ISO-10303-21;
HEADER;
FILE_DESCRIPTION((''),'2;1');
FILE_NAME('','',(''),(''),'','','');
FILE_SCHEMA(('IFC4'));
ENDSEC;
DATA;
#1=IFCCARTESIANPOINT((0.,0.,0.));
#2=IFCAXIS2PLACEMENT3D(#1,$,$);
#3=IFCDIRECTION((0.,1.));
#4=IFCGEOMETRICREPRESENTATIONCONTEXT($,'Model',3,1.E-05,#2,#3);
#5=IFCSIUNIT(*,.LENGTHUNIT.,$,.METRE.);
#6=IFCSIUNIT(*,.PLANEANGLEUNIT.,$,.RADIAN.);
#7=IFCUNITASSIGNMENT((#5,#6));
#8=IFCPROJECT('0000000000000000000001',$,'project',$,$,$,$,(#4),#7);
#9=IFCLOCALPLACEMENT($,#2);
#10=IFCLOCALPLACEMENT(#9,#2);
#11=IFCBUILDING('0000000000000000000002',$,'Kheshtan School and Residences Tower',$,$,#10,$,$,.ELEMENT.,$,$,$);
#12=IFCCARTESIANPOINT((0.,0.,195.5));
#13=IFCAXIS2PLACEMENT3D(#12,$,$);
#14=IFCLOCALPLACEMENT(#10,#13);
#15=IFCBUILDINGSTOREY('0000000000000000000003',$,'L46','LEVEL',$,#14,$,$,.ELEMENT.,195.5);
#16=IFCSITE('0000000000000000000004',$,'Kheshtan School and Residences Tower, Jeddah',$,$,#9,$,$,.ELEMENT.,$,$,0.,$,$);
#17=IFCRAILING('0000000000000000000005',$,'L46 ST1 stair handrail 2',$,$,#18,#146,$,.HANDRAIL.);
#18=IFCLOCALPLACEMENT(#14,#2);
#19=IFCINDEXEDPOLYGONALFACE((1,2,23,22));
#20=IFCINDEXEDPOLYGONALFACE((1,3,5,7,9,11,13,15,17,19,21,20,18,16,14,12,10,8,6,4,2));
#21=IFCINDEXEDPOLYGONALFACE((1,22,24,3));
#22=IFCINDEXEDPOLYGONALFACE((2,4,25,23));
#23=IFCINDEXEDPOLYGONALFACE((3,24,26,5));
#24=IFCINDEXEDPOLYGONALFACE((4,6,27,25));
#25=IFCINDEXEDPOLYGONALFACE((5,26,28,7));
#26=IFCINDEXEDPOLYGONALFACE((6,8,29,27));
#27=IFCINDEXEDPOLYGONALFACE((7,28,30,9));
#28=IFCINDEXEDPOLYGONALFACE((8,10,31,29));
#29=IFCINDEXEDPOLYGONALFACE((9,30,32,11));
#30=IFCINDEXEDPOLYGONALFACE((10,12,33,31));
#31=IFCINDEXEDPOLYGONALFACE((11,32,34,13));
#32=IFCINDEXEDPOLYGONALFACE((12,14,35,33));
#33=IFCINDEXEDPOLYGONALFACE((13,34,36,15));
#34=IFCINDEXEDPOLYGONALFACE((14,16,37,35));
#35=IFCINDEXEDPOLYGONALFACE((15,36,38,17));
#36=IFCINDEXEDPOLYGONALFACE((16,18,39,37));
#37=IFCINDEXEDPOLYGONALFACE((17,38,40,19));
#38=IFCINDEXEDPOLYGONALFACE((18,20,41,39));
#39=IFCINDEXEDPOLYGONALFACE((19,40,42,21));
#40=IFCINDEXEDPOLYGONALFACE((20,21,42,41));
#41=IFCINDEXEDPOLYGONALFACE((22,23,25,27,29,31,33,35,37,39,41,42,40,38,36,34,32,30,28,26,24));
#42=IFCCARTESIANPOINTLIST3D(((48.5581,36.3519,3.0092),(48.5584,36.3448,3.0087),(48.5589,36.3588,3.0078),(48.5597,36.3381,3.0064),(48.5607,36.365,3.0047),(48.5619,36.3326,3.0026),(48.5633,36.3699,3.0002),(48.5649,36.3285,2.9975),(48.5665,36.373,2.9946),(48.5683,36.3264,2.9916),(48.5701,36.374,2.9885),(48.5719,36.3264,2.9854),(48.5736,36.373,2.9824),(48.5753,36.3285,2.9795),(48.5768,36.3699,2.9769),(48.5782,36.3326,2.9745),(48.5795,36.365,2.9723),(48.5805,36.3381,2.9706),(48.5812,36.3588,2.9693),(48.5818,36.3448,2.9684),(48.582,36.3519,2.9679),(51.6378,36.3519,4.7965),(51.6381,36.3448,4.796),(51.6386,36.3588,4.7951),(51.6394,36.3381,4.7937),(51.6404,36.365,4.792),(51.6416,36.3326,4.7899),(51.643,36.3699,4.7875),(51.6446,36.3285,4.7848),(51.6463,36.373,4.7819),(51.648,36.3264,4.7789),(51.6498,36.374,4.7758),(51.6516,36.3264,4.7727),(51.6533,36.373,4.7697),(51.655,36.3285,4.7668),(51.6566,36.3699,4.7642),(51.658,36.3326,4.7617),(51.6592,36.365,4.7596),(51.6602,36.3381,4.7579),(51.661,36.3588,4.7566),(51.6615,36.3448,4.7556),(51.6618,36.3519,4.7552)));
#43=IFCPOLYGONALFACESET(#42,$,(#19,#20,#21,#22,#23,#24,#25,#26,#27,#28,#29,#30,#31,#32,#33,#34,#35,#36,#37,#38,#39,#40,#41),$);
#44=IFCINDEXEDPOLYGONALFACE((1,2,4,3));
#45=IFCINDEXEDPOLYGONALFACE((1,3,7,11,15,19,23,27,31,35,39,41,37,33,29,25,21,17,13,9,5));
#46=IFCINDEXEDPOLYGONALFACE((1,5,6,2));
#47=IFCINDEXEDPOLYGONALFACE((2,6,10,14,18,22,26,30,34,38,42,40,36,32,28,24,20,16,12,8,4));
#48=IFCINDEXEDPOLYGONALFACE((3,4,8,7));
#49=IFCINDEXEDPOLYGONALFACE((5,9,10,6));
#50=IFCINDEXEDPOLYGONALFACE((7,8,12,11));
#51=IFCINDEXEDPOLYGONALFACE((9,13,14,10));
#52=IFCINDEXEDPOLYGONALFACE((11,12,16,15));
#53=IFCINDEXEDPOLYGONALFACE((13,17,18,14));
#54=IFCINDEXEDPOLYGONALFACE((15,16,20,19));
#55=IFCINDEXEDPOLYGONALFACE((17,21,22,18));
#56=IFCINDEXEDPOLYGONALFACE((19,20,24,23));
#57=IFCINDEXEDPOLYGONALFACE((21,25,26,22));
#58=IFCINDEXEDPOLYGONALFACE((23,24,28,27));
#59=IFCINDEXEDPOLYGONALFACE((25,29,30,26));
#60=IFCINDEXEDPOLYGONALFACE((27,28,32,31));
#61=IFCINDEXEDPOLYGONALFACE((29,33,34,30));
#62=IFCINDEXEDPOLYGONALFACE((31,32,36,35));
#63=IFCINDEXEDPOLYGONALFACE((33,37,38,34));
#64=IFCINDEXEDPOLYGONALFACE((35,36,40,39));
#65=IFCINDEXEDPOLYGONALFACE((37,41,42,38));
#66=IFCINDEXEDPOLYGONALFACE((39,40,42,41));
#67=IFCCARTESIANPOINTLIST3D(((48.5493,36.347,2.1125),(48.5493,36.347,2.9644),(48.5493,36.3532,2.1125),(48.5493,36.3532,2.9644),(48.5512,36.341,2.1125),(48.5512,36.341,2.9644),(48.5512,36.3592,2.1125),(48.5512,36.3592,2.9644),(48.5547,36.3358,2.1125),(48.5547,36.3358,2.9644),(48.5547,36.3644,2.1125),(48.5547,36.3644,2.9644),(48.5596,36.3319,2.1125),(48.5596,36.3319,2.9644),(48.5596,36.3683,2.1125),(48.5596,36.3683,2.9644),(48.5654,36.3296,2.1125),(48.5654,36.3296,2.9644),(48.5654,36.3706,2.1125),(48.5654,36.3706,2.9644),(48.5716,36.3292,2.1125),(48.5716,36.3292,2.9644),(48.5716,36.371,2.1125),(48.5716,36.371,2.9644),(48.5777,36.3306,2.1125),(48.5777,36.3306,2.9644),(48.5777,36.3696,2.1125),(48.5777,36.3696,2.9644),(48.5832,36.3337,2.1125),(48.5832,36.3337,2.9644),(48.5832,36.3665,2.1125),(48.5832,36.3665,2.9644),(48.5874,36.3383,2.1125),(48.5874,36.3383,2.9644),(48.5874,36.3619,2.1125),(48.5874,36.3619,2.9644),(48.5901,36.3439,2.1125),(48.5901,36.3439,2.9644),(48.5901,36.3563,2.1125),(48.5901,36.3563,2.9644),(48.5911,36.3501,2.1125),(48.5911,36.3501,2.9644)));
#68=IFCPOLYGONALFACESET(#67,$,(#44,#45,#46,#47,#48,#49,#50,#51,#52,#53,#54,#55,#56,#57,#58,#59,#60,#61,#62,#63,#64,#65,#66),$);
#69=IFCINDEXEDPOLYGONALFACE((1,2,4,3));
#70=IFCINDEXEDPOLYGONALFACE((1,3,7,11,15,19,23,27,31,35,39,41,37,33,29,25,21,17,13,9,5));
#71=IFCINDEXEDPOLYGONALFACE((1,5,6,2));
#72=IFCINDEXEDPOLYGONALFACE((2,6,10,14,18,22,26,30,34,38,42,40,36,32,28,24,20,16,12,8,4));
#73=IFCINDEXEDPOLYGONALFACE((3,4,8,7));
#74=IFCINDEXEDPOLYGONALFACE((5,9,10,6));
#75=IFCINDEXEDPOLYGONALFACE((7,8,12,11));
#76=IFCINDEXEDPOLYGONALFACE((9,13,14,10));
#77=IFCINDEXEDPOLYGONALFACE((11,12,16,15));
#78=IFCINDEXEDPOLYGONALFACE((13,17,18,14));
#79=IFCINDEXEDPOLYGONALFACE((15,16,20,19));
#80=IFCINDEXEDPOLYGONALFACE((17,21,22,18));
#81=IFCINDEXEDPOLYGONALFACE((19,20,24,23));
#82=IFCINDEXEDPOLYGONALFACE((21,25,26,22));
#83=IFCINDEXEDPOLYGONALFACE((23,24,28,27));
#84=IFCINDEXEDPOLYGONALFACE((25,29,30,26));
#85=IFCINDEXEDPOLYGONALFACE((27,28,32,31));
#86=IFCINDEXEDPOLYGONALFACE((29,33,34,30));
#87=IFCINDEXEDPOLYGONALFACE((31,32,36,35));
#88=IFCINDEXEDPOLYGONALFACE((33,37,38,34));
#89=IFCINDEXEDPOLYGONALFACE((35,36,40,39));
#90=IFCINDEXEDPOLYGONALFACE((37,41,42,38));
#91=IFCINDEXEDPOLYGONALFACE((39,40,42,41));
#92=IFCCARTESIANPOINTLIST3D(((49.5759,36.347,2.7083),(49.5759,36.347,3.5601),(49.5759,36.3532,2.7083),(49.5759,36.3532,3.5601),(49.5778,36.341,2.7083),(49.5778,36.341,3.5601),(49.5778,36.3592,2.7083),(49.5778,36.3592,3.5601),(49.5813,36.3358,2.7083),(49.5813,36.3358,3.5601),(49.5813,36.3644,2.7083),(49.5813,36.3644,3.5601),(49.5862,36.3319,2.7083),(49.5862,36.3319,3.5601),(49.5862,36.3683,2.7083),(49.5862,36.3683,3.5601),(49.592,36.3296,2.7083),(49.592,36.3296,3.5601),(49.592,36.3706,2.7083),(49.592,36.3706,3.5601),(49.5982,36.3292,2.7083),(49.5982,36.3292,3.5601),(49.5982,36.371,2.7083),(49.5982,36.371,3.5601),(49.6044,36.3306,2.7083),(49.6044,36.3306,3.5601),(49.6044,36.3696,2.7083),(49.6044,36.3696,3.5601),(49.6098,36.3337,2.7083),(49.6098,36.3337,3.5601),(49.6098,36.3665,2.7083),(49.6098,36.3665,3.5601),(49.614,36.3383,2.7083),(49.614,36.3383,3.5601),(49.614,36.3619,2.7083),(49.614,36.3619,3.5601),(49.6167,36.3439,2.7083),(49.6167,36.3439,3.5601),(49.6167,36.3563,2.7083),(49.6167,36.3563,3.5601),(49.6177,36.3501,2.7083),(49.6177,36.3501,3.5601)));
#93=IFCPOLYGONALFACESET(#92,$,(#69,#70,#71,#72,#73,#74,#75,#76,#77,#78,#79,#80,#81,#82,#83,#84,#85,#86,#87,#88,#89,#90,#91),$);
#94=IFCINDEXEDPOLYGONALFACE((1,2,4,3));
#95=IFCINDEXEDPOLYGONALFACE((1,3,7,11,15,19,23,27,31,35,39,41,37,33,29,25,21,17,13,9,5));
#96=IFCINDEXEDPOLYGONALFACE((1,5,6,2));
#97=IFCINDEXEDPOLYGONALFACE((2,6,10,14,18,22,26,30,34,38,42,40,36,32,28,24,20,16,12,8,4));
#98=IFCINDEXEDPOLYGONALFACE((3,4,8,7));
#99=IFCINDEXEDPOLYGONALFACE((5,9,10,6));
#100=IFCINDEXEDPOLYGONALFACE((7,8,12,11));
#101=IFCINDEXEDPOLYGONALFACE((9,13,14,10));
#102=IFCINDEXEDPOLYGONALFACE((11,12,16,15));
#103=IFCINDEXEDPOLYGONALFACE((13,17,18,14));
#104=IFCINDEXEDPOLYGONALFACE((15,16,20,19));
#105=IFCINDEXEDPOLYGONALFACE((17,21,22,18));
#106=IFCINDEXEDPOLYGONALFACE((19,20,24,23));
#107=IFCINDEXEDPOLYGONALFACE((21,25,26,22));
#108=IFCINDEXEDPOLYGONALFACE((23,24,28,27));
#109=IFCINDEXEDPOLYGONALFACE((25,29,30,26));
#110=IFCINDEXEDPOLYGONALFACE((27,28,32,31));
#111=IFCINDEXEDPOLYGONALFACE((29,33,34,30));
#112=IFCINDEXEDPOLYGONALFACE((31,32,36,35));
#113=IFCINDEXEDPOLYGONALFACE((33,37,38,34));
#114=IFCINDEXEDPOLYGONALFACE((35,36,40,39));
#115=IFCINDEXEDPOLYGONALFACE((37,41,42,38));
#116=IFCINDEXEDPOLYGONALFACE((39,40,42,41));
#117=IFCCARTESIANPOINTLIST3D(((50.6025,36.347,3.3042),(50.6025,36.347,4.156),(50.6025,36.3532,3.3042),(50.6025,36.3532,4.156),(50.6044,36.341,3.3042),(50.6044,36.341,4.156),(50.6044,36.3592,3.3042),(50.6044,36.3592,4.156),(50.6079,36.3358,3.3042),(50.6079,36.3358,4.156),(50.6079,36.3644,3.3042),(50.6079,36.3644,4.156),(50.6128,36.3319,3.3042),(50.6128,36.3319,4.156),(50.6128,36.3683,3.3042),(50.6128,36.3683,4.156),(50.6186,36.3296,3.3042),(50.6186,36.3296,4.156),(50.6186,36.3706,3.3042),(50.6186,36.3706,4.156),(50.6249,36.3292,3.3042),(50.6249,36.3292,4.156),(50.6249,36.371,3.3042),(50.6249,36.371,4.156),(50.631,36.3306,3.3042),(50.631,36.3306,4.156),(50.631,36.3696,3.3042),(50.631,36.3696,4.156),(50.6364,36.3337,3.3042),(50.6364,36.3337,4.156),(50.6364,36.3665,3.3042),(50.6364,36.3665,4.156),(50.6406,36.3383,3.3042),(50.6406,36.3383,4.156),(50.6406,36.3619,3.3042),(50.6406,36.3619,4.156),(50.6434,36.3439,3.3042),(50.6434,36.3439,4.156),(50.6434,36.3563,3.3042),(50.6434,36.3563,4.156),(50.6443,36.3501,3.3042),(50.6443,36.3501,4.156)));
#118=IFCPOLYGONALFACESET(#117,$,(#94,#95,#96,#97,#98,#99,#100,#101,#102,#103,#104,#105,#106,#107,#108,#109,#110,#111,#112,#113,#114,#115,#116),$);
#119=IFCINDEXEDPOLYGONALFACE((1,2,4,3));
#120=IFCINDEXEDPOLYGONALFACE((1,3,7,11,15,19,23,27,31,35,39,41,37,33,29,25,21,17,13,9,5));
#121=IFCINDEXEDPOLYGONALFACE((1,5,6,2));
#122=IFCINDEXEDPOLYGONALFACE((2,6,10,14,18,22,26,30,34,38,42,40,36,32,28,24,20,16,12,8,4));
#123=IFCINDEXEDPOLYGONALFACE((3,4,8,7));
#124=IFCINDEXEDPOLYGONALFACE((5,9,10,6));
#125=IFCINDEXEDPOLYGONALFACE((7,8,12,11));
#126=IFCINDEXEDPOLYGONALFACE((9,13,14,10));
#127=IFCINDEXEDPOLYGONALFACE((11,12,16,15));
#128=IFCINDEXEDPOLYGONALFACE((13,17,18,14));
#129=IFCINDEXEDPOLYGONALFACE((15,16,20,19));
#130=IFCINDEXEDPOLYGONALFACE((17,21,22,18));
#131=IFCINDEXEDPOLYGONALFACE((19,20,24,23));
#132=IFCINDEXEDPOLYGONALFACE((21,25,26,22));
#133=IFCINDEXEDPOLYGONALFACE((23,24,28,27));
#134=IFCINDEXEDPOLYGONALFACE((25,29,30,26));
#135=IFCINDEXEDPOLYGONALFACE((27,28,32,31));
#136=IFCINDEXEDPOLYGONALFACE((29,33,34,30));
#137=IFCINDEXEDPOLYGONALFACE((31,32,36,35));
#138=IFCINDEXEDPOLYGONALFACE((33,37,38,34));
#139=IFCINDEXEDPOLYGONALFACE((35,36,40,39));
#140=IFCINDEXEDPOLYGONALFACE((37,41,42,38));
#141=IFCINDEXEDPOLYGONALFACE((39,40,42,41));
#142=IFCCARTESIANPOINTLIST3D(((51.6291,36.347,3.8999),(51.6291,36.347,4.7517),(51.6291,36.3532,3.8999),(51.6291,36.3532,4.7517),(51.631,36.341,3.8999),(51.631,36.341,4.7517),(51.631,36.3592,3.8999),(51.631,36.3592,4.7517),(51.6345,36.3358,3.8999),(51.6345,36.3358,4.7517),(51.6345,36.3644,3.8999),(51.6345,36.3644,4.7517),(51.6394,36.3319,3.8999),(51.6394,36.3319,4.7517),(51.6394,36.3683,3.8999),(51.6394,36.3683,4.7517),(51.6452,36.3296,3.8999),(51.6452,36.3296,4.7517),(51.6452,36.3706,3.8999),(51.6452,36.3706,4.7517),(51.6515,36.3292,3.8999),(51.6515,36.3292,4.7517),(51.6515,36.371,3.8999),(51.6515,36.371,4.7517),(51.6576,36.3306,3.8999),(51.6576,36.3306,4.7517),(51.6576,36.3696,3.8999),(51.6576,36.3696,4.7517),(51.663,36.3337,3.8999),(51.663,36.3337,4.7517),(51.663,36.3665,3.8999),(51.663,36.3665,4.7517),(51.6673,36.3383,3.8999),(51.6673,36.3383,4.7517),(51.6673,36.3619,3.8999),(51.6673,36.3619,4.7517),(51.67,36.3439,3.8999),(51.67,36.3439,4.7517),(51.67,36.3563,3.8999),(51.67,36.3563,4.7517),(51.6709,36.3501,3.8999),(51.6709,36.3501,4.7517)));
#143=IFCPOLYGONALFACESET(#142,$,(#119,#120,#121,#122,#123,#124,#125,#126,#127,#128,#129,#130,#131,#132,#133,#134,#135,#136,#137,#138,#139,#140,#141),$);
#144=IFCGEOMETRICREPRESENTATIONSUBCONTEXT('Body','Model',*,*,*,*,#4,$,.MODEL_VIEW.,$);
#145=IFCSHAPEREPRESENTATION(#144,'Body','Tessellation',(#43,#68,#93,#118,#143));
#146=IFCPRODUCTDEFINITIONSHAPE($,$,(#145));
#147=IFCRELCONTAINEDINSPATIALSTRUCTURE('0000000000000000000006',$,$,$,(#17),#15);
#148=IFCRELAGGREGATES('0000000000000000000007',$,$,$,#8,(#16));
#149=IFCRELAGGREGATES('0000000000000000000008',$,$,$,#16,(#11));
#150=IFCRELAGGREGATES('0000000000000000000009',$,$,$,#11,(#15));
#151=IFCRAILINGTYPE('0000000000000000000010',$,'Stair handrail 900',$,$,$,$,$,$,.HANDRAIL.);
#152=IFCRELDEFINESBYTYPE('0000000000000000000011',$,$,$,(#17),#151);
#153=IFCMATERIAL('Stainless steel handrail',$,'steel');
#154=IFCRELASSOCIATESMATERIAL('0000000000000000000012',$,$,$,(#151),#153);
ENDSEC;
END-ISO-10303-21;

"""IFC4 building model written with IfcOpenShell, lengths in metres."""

from ifc_helpers import new_model, si_unit, direction, frame, origin, origin_2d, place, context, subcontext, project, spatial, circle, extrude, material, type_object, element, save


model = new_model("IFC4")

# Units and contexts
model_context = context("Model", 3, precision=1e-05, world=origin(), true_north=direction((0.0, 1.0)))
body_context = subcontext(model_context, "Body", "Model", "MODEL_VIEW")
ifc_project = project(units=[si_unit("LENGTHUNIT", "METRE"), si_unit("PLANEANGLEUNIT", "RADIAN")], contexts=[model_context])

# Site, building, storey
site_placement = place(None, origin())
site = spatial("IfcSite", under=ifc_project, at=site_placement, Name="Kheshtan School and Residences Tower, Jeddah", CompositionType="ELEMENT", RefElevation=0.0)
building_placement = place(site_placement, origin())
building = spatial("IfcBuilding", under=site, at=building_placement, Name="Kheshtan School and Residences Tower", CompositionType="ELEMENT")
storey_placement = place(building_placement, frame((0.0, 0.0, 195.5)))
storey = spatial("IfcBuildingStorey", under=building, at=storey_placement, Name="L46", Description="LEVEL", CompositionType="ELEMENT", Elevation=195.5)

# Railing
ifc_material_1 = material(Name="Stainless steel handrail", Category="steel")
railing_type_1 = type_object("IfcRailingType", Name="Stair handrail 900", PredefinedType="HANDRAIL", material=ifc_material_1)
railing_1_placement = place(storey_placement, frame((48.5701, 36.3501, 2.1125)))
element("IfcRailing", 1, at=railing_1_placement, inside=storey, type_object=railing_type_1, Name="L46 ST1 stair handrail 2", PredefinedType="HANDRAIL", context=body_context, shape_type="SweptSolid", body=[
    extrude(circle(Radius=0.0239, at=origin_2d()), frame((0.0, 0.0, 0.876), z_axis=(0.864903, 0.0, 0.501939), x_axis=(0.0, 1.0, 0.0)), (0.0, 0.0, 1.0), 3.5608),
    extrude(circle(Radius=0.021, at=origin_2d()), origin(), (0.0, 0.0, 1.0), 0.8518),
    extrude(circle(Radius=0.021, at=origin_2d()), frame((1.0266, 0.0, 0.5957)), (0.0, 0.0, 1.0), 0.8518),
    extrude(circle(Radius=0.021, at=origin_2d()), frame((2.0532, 0.0, 1.1917)), (0.0, 0.0, 1.0), 0.8518),
    extrude(circle(Radius=0.021, at=origin_2d()), frame((3.0798, 0.0, 1.7874)), (0.0, 0.0, 1.0), 0.8518),
])

save(model, "model.ifc")
